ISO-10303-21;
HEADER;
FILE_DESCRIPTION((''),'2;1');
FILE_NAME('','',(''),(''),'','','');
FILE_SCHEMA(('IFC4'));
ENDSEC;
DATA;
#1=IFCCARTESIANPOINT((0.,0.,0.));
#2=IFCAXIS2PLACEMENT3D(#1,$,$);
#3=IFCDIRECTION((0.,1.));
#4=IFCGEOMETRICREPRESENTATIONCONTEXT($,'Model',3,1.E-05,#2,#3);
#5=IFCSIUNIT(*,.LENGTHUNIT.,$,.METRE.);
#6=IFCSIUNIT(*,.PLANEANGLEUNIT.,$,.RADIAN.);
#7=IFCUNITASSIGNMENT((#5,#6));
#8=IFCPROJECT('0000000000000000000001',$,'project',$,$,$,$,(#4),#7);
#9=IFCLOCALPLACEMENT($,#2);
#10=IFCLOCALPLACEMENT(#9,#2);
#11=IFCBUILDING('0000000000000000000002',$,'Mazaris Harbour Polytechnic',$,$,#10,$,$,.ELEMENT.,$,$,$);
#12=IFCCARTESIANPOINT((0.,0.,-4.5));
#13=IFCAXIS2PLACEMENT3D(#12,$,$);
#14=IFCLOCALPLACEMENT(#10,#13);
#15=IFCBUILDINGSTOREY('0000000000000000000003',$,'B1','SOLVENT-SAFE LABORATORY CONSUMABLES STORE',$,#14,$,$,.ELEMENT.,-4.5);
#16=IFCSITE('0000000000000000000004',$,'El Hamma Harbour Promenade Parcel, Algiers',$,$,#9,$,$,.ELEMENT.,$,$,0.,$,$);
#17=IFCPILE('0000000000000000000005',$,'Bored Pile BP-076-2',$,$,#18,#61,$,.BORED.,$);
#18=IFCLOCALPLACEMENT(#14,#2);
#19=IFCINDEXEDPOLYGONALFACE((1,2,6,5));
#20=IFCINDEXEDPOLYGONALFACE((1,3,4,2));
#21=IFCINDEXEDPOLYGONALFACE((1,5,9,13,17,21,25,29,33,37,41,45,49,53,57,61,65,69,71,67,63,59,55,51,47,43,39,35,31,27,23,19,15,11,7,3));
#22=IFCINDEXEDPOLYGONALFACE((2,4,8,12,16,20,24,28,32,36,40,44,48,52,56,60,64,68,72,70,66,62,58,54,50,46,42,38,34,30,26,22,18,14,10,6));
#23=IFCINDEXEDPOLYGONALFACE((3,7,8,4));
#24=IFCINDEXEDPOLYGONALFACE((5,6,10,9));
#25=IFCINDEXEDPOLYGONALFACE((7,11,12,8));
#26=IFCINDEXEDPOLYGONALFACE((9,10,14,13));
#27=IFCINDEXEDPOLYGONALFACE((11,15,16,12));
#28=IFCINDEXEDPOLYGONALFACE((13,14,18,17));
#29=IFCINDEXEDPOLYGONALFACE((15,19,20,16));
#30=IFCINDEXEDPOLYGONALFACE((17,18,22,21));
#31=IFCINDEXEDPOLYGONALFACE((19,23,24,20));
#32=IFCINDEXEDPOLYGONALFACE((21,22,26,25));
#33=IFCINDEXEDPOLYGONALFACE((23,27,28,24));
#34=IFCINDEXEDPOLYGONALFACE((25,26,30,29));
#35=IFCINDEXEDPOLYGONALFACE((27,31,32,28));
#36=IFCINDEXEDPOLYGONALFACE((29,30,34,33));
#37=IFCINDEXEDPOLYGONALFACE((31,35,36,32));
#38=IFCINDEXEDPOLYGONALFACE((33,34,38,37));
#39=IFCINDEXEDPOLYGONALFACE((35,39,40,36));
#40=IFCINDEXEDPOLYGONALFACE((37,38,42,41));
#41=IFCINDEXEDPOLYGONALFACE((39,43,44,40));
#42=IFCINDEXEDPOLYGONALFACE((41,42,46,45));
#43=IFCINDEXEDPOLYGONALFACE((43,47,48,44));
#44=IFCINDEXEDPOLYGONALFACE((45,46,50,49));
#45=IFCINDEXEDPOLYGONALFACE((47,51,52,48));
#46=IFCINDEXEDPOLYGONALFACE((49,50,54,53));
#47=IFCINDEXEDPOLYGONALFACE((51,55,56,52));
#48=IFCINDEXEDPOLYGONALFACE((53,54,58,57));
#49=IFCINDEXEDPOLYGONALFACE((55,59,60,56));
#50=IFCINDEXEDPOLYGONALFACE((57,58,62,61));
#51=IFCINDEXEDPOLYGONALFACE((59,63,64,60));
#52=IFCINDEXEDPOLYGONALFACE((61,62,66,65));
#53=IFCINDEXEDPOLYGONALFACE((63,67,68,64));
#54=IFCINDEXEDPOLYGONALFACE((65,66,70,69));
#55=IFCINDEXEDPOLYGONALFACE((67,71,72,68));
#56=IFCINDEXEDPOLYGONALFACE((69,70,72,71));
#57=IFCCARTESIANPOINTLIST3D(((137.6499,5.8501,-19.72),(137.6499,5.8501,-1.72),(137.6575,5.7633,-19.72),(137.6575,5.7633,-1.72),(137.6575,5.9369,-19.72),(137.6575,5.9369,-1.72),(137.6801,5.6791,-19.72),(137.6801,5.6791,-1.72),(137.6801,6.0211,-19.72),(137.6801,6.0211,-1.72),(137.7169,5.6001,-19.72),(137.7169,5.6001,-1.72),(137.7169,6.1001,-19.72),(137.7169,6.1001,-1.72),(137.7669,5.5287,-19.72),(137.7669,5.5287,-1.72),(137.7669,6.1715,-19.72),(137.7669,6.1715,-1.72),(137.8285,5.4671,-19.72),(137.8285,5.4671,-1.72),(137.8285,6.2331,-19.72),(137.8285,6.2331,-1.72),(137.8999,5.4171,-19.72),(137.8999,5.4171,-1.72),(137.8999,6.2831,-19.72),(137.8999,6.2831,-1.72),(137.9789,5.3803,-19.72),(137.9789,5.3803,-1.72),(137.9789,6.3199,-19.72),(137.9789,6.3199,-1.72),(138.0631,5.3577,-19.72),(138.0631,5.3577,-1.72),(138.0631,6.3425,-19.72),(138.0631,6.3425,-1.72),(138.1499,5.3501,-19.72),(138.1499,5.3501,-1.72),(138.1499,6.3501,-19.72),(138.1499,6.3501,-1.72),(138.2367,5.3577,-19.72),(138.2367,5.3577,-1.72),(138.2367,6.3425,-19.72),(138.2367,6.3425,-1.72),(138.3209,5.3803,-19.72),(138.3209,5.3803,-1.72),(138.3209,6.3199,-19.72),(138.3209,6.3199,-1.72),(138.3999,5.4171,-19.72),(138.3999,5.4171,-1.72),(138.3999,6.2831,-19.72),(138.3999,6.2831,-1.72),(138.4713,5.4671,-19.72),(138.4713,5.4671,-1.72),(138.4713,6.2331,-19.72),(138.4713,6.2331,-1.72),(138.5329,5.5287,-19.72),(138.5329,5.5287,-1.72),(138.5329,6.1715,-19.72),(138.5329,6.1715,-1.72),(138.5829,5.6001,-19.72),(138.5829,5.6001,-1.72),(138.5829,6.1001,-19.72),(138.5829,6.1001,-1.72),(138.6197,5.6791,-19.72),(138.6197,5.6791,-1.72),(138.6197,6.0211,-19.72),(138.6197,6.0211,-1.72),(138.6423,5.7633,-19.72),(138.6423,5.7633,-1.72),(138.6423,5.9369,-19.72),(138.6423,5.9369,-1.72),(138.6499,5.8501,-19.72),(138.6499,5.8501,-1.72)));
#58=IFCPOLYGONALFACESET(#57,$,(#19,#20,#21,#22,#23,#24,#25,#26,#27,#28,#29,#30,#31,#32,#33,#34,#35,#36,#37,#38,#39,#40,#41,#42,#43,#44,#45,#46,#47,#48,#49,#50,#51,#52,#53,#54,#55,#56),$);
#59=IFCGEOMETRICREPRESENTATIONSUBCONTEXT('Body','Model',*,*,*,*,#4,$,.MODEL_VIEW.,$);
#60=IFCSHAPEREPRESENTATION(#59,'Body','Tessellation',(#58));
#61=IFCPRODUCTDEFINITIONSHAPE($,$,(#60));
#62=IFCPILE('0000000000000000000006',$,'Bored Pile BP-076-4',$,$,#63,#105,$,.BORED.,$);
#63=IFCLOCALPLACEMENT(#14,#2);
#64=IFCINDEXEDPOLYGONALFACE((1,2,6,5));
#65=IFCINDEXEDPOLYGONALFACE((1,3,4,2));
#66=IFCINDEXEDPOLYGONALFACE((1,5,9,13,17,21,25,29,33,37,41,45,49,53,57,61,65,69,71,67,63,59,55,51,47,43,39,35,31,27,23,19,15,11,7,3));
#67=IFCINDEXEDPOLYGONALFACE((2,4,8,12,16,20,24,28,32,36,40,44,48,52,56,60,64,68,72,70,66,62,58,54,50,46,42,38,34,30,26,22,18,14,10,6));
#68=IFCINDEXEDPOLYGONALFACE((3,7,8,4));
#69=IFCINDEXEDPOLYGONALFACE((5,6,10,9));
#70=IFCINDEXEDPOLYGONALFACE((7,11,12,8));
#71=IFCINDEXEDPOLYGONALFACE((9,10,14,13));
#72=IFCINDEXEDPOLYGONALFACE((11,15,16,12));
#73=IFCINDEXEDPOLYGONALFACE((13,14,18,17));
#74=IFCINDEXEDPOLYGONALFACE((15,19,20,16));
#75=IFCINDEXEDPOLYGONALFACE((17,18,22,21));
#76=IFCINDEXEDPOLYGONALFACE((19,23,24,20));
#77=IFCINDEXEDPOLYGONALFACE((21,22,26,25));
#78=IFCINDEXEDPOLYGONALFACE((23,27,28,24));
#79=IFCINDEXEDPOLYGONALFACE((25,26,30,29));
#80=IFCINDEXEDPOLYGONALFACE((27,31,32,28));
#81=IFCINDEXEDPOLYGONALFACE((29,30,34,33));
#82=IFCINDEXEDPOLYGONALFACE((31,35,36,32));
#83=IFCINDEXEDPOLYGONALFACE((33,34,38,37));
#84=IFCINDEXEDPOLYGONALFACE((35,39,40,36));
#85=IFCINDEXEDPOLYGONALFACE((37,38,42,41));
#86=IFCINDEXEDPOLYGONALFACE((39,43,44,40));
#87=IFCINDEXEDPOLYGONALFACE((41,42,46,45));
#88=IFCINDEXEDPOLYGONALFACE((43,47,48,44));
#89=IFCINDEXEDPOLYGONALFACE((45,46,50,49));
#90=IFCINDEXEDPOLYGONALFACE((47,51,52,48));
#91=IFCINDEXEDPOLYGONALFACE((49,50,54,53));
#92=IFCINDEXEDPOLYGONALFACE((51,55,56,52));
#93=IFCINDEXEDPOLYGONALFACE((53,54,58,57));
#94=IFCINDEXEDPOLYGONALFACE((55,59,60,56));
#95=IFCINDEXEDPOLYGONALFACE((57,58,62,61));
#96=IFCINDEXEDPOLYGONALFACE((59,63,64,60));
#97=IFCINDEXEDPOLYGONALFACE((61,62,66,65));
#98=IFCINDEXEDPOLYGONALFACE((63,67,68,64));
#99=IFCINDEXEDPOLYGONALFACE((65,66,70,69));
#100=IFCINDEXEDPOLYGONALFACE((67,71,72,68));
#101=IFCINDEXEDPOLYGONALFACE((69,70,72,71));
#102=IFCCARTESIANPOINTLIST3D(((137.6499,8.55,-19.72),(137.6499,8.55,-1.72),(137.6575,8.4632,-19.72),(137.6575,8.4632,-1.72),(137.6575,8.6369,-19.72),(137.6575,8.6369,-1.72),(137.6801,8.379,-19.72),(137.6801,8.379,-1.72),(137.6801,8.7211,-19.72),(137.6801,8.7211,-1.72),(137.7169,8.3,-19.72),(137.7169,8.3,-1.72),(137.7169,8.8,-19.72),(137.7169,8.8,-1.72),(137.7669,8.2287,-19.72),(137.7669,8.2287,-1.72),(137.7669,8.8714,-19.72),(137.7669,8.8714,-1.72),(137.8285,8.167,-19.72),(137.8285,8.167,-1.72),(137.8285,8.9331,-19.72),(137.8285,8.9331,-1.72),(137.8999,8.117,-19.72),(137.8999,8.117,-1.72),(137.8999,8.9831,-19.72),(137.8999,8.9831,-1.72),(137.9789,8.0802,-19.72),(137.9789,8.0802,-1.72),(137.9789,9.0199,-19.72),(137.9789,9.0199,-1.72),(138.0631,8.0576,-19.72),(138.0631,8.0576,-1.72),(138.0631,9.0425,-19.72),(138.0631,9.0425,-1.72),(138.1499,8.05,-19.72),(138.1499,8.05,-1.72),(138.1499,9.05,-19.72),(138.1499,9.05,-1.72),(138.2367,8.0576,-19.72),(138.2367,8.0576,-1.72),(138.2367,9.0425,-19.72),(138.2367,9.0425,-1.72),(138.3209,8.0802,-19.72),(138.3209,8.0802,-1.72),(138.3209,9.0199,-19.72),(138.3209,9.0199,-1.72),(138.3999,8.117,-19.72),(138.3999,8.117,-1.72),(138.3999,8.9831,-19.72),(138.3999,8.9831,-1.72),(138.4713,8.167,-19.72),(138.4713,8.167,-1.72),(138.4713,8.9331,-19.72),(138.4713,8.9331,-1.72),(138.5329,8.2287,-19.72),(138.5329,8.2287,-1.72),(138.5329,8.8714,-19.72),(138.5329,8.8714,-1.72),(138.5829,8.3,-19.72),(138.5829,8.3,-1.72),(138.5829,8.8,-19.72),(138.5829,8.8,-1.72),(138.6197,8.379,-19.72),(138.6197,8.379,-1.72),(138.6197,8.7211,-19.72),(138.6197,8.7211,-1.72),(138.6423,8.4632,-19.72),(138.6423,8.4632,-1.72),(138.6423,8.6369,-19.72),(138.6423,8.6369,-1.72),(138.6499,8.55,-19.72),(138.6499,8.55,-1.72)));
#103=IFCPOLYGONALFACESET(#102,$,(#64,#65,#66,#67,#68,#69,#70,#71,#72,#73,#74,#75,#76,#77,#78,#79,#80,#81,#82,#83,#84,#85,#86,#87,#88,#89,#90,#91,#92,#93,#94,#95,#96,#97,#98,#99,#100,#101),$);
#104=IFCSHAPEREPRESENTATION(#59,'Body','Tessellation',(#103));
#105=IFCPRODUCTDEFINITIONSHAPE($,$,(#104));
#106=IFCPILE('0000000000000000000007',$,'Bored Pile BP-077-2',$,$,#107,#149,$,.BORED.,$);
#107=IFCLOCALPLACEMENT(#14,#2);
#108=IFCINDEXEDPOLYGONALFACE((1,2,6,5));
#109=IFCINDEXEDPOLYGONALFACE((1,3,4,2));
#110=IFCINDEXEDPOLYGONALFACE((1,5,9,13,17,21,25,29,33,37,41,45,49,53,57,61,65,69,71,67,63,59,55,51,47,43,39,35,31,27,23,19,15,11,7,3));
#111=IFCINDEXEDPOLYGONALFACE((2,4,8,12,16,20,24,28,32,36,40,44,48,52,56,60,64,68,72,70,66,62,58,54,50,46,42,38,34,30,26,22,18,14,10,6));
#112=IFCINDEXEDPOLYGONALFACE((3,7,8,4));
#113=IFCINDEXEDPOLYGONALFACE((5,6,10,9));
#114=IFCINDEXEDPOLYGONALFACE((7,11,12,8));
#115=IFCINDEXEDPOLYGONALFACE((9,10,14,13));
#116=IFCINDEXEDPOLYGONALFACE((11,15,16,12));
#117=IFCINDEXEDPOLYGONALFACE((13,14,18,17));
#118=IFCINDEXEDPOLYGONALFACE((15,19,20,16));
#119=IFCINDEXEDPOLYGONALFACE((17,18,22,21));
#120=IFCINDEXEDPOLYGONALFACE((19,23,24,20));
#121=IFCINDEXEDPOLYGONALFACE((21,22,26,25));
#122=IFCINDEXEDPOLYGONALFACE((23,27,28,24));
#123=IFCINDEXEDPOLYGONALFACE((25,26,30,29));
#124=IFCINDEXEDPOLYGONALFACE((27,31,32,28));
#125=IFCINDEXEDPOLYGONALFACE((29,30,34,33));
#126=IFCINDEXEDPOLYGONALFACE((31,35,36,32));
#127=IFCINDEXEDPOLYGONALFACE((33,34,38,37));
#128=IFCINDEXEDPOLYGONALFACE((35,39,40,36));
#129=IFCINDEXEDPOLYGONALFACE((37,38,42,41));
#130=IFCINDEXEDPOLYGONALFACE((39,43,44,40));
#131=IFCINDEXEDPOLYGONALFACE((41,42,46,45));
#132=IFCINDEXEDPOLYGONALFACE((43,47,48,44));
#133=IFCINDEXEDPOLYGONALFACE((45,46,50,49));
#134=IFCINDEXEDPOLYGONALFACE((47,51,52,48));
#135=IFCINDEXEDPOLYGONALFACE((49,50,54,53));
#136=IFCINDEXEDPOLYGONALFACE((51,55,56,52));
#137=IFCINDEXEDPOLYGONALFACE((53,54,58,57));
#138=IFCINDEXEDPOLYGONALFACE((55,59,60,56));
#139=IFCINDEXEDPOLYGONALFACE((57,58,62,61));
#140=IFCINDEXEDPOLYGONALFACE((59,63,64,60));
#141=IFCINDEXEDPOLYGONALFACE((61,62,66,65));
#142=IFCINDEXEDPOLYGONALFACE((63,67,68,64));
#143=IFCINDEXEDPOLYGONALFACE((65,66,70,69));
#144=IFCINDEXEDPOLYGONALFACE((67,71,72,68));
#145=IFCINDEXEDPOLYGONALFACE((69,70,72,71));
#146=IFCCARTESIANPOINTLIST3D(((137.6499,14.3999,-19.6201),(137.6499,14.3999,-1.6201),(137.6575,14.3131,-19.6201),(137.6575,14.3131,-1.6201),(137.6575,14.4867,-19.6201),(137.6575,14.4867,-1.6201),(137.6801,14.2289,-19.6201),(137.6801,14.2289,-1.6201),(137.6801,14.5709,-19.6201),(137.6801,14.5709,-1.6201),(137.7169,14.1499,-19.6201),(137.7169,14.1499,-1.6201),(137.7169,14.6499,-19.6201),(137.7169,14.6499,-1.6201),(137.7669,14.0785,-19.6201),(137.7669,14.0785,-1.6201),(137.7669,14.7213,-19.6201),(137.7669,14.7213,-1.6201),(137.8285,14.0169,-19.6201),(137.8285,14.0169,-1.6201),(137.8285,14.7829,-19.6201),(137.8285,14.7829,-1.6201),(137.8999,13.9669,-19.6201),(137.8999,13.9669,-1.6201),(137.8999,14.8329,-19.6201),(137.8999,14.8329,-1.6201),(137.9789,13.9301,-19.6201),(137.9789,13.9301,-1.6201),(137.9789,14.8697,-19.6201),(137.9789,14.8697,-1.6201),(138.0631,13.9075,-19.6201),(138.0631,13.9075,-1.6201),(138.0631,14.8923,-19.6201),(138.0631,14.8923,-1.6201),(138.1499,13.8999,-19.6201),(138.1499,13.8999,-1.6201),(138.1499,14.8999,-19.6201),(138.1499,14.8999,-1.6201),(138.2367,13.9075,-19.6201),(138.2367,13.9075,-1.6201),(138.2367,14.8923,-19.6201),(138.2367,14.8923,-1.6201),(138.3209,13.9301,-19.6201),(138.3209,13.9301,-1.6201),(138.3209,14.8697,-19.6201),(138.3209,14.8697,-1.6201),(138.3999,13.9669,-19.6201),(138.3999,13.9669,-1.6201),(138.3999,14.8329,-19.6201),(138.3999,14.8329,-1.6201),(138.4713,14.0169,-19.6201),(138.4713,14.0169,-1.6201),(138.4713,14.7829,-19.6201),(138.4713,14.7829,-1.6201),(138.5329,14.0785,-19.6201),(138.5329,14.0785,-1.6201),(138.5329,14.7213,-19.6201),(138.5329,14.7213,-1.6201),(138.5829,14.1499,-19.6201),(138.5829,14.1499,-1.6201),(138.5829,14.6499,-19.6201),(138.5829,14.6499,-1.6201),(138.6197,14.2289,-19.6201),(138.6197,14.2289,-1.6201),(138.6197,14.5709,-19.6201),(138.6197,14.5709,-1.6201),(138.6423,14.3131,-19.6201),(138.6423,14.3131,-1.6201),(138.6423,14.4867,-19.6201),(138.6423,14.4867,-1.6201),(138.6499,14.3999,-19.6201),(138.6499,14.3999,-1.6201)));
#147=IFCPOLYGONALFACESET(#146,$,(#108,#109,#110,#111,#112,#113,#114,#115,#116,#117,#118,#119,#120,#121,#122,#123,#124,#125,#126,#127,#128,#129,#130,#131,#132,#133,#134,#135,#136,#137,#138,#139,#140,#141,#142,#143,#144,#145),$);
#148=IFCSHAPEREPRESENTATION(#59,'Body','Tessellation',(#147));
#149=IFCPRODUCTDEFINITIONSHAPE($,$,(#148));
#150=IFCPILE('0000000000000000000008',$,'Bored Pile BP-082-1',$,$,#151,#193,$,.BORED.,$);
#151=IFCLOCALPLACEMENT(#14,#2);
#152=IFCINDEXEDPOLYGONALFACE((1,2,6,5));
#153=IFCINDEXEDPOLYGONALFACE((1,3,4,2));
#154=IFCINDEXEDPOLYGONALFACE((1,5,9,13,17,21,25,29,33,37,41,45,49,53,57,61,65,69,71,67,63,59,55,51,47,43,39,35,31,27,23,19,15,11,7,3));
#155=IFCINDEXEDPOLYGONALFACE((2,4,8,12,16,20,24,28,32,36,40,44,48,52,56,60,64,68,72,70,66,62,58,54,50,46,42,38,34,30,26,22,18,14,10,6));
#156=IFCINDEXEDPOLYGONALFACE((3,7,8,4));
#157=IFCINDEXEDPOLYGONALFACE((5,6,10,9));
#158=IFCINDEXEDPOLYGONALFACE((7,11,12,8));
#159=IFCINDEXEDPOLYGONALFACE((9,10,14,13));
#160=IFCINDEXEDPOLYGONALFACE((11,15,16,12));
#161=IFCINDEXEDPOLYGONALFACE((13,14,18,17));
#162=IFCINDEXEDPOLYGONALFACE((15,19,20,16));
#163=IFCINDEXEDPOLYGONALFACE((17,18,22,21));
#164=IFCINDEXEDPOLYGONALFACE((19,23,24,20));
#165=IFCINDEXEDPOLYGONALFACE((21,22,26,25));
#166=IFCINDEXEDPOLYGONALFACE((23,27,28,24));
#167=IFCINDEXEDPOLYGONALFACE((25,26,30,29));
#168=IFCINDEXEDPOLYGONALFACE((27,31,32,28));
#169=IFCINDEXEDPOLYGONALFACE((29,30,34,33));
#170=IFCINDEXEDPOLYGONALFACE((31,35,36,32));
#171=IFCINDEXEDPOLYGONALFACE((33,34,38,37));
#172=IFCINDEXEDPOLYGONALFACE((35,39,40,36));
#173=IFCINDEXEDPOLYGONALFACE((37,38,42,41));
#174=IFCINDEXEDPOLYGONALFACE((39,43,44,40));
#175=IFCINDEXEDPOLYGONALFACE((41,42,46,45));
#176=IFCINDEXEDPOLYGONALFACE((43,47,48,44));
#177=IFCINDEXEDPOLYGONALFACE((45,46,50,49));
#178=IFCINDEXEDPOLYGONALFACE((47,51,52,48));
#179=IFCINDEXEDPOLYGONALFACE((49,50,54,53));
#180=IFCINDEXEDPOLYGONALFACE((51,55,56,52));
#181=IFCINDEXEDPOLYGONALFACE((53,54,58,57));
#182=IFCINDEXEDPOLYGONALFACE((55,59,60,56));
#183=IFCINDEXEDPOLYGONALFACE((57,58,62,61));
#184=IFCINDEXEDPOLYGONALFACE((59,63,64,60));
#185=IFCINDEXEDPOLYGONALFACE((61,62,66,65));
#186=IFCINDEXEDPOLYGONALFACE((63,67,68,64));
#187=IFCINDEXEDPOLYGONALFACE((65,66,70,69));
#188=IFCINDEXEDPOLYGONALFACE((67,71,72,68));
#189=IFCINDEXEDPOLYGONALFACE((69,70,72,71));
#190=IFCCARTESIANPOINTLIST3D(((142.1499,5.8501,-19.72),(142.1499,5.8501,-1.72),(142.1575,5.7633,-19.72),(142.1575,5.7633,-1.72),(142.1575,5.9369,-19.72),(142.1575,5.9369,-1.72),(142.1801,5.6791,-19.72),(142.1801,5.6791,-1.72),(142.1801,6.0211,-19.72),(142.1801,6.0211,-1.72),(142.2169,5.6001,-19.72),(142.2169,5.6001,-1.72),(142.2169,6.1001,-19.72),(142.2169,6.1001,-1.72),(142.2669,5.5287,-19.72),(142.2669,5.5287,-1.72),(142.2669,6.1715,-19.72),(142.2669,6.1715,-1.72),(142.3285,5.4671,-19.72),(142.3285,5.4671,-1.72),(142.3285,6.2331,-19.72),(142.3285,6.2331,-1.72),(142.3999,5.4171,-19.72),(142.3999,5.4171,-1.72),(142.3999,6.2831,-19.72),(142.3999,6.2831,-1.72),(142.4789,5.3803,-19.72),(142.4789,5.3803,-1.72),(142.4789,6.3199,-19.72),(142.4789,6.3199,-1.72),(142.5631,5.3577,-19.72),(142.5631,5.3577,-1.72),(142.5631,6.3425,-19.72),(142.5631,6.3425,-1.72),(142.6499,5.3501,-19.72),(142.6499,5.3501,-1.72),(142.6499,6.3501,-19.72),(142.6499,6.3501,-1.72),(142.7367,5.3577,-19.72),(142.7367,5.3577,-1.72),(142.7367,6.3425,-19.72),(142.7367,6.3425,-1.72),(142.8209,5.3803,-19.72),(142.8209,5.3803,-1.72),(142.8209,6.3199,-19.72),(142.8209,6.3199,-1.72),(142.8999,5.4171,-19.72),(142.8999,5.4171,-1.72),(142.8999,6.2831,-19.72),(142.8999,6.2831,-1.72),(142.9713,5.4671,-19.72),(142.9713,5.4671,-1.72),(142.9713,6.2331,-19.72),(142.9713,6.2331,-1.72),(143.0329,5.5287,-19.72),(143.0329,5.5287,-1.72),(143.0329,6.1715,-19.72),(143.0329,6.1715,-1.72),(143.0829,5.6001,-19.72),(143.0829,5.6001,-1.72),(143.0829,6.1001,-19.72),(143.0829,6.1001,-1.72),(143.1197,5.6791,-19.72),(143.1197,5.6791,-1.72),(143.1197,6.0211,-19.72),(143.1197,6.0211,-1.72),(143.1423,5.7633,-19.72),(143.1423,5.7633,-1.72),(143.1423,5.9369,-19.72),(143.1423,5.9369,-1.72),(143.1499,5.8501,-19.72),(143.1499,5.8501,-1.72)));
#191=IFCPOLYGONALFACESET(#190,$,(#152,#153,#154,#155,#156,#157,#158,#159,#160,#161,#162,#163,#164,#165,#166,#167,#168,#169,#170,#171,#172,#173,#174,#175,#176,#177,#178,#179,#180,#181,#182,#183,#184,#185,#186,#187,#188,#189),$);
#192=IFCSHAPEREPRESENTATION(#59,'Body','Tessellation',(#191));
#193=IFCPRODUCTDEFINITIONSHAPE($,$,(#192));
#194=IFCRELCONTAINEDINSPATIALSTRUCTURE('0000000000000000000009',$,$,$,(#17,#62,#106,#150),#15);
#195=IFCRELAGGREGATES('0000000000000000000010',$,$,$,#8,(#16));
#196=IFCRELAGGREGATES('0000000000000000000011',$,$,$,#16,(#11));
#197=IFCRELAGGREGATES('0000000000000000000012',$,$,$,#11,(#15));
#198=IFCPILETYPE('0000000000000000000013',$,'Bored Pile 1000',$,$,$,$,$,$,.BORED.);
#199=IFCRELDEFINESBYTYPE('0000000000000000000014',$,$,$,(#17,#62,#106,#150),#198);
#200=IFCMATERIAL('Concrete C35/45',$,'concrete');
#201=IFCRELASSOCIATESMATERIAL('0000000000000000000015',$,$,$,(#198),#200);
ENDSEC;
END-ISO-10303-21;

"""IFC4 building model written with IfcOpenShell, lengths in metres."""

from ifc_helpers import new_model, si_unit, direction, frame, origin, origin_2d, place, context, subcontext, project, spatial, circle, extrude, material, material_profile, profile_set, type_object, element, save


model = new_model("IFC4")

# Units and contexts
model_context = context("Model", 3, precision=1e-05, world=origin(), true_north=direction((0.0, 1.0)))
body_context = subcontext(model_context, "Body", "Model", "MODEL_VIEW")
ifc_project = project(units=[si_unit("LENGTHUNIT", "METRE"), si_unit("PLANEANGLEUNIT", "RADIAN")], contexts=[model_context])

# Site, building, storey
site_placement = place(None, origin())
site = spatial("IfcSite", under=ifc_project, at=site_placement, Name="El Hamma Harbour Promenade Parcel, Algiers", CompositionType="ELEMENT", RefElevation=0.0)
building_placement = place(site_placement, origin())
building = spatial("IfcBuilding", under=site, at=building_placement, Name="Mazaris Harbour Polytechnic", CompositionType="ELEMENT")
storey_placement = place(building_placement, frame((0.0, 0.0, -4.5)))
storey = spatial("IfcBuildingStorey", under=building, at=storey_placement, Name="B1", Description="SOLVENT-SAFE LABORATORY CONSUMABLES STORE", CompositionType="ELEMENT", Elevation=-4.5)

# Piles
ifc_material_1 = material(Name="Concrete C35/45", Category="concrete")
ifc_material_profile_1 = material_profile(ifc_material_1, circle(Radius=0.5, at=origin_2d()), Name="DIA1000")
ifc_profile_set_1 = profile_set([ifc_material_profile_1], Name="Concrete C35/45")
pile_type = type_object("IfcPileType", Name="Bored Pile 1000", PredefinedType="BORED", material=ifc_profile_set_1)
for number, where, z_axis, x_axis, name in (
    (1, (138.1499, 5.8501, -1.72), (0.0, 0.0, -1.0), (1.0, 0.0, 0.0), "Bored Pile BP-076-2"),
    (2, (138.1499, 8.55, -1.72), (0.0, 0.0, -1.0), (1.0, 0.0, 0.0), "Bored Pile BP-076-4"),
    (3, (138.1499, 14.3999, -1.6201), (0.0, 0.0, -1.0), (1.0, 0.0, 0.0), "Bored Pile BP-077-2"),
    (4, (142.6499, 5.8501, -1.72), (0.0, 0.0, -1.0), (1.0, 0.0, 0.0), "Bored Pile BP-082-1"),
):
    element("IfcPile", number, at=place(storey_placement, frame(where, z_axis=z_axis, x_axis=x_axis)), inside=storey, type_object=pile_type, Name=name, PredefinedType="BORED", context=body_context, shape_type="SweptSolid", body=[
        extrude(circle(Radius=0.5, at=origin_2d()), origin(), (0.0, 0.0, 1.0), 18.0),
    ])

save(model, "model.ifc")
